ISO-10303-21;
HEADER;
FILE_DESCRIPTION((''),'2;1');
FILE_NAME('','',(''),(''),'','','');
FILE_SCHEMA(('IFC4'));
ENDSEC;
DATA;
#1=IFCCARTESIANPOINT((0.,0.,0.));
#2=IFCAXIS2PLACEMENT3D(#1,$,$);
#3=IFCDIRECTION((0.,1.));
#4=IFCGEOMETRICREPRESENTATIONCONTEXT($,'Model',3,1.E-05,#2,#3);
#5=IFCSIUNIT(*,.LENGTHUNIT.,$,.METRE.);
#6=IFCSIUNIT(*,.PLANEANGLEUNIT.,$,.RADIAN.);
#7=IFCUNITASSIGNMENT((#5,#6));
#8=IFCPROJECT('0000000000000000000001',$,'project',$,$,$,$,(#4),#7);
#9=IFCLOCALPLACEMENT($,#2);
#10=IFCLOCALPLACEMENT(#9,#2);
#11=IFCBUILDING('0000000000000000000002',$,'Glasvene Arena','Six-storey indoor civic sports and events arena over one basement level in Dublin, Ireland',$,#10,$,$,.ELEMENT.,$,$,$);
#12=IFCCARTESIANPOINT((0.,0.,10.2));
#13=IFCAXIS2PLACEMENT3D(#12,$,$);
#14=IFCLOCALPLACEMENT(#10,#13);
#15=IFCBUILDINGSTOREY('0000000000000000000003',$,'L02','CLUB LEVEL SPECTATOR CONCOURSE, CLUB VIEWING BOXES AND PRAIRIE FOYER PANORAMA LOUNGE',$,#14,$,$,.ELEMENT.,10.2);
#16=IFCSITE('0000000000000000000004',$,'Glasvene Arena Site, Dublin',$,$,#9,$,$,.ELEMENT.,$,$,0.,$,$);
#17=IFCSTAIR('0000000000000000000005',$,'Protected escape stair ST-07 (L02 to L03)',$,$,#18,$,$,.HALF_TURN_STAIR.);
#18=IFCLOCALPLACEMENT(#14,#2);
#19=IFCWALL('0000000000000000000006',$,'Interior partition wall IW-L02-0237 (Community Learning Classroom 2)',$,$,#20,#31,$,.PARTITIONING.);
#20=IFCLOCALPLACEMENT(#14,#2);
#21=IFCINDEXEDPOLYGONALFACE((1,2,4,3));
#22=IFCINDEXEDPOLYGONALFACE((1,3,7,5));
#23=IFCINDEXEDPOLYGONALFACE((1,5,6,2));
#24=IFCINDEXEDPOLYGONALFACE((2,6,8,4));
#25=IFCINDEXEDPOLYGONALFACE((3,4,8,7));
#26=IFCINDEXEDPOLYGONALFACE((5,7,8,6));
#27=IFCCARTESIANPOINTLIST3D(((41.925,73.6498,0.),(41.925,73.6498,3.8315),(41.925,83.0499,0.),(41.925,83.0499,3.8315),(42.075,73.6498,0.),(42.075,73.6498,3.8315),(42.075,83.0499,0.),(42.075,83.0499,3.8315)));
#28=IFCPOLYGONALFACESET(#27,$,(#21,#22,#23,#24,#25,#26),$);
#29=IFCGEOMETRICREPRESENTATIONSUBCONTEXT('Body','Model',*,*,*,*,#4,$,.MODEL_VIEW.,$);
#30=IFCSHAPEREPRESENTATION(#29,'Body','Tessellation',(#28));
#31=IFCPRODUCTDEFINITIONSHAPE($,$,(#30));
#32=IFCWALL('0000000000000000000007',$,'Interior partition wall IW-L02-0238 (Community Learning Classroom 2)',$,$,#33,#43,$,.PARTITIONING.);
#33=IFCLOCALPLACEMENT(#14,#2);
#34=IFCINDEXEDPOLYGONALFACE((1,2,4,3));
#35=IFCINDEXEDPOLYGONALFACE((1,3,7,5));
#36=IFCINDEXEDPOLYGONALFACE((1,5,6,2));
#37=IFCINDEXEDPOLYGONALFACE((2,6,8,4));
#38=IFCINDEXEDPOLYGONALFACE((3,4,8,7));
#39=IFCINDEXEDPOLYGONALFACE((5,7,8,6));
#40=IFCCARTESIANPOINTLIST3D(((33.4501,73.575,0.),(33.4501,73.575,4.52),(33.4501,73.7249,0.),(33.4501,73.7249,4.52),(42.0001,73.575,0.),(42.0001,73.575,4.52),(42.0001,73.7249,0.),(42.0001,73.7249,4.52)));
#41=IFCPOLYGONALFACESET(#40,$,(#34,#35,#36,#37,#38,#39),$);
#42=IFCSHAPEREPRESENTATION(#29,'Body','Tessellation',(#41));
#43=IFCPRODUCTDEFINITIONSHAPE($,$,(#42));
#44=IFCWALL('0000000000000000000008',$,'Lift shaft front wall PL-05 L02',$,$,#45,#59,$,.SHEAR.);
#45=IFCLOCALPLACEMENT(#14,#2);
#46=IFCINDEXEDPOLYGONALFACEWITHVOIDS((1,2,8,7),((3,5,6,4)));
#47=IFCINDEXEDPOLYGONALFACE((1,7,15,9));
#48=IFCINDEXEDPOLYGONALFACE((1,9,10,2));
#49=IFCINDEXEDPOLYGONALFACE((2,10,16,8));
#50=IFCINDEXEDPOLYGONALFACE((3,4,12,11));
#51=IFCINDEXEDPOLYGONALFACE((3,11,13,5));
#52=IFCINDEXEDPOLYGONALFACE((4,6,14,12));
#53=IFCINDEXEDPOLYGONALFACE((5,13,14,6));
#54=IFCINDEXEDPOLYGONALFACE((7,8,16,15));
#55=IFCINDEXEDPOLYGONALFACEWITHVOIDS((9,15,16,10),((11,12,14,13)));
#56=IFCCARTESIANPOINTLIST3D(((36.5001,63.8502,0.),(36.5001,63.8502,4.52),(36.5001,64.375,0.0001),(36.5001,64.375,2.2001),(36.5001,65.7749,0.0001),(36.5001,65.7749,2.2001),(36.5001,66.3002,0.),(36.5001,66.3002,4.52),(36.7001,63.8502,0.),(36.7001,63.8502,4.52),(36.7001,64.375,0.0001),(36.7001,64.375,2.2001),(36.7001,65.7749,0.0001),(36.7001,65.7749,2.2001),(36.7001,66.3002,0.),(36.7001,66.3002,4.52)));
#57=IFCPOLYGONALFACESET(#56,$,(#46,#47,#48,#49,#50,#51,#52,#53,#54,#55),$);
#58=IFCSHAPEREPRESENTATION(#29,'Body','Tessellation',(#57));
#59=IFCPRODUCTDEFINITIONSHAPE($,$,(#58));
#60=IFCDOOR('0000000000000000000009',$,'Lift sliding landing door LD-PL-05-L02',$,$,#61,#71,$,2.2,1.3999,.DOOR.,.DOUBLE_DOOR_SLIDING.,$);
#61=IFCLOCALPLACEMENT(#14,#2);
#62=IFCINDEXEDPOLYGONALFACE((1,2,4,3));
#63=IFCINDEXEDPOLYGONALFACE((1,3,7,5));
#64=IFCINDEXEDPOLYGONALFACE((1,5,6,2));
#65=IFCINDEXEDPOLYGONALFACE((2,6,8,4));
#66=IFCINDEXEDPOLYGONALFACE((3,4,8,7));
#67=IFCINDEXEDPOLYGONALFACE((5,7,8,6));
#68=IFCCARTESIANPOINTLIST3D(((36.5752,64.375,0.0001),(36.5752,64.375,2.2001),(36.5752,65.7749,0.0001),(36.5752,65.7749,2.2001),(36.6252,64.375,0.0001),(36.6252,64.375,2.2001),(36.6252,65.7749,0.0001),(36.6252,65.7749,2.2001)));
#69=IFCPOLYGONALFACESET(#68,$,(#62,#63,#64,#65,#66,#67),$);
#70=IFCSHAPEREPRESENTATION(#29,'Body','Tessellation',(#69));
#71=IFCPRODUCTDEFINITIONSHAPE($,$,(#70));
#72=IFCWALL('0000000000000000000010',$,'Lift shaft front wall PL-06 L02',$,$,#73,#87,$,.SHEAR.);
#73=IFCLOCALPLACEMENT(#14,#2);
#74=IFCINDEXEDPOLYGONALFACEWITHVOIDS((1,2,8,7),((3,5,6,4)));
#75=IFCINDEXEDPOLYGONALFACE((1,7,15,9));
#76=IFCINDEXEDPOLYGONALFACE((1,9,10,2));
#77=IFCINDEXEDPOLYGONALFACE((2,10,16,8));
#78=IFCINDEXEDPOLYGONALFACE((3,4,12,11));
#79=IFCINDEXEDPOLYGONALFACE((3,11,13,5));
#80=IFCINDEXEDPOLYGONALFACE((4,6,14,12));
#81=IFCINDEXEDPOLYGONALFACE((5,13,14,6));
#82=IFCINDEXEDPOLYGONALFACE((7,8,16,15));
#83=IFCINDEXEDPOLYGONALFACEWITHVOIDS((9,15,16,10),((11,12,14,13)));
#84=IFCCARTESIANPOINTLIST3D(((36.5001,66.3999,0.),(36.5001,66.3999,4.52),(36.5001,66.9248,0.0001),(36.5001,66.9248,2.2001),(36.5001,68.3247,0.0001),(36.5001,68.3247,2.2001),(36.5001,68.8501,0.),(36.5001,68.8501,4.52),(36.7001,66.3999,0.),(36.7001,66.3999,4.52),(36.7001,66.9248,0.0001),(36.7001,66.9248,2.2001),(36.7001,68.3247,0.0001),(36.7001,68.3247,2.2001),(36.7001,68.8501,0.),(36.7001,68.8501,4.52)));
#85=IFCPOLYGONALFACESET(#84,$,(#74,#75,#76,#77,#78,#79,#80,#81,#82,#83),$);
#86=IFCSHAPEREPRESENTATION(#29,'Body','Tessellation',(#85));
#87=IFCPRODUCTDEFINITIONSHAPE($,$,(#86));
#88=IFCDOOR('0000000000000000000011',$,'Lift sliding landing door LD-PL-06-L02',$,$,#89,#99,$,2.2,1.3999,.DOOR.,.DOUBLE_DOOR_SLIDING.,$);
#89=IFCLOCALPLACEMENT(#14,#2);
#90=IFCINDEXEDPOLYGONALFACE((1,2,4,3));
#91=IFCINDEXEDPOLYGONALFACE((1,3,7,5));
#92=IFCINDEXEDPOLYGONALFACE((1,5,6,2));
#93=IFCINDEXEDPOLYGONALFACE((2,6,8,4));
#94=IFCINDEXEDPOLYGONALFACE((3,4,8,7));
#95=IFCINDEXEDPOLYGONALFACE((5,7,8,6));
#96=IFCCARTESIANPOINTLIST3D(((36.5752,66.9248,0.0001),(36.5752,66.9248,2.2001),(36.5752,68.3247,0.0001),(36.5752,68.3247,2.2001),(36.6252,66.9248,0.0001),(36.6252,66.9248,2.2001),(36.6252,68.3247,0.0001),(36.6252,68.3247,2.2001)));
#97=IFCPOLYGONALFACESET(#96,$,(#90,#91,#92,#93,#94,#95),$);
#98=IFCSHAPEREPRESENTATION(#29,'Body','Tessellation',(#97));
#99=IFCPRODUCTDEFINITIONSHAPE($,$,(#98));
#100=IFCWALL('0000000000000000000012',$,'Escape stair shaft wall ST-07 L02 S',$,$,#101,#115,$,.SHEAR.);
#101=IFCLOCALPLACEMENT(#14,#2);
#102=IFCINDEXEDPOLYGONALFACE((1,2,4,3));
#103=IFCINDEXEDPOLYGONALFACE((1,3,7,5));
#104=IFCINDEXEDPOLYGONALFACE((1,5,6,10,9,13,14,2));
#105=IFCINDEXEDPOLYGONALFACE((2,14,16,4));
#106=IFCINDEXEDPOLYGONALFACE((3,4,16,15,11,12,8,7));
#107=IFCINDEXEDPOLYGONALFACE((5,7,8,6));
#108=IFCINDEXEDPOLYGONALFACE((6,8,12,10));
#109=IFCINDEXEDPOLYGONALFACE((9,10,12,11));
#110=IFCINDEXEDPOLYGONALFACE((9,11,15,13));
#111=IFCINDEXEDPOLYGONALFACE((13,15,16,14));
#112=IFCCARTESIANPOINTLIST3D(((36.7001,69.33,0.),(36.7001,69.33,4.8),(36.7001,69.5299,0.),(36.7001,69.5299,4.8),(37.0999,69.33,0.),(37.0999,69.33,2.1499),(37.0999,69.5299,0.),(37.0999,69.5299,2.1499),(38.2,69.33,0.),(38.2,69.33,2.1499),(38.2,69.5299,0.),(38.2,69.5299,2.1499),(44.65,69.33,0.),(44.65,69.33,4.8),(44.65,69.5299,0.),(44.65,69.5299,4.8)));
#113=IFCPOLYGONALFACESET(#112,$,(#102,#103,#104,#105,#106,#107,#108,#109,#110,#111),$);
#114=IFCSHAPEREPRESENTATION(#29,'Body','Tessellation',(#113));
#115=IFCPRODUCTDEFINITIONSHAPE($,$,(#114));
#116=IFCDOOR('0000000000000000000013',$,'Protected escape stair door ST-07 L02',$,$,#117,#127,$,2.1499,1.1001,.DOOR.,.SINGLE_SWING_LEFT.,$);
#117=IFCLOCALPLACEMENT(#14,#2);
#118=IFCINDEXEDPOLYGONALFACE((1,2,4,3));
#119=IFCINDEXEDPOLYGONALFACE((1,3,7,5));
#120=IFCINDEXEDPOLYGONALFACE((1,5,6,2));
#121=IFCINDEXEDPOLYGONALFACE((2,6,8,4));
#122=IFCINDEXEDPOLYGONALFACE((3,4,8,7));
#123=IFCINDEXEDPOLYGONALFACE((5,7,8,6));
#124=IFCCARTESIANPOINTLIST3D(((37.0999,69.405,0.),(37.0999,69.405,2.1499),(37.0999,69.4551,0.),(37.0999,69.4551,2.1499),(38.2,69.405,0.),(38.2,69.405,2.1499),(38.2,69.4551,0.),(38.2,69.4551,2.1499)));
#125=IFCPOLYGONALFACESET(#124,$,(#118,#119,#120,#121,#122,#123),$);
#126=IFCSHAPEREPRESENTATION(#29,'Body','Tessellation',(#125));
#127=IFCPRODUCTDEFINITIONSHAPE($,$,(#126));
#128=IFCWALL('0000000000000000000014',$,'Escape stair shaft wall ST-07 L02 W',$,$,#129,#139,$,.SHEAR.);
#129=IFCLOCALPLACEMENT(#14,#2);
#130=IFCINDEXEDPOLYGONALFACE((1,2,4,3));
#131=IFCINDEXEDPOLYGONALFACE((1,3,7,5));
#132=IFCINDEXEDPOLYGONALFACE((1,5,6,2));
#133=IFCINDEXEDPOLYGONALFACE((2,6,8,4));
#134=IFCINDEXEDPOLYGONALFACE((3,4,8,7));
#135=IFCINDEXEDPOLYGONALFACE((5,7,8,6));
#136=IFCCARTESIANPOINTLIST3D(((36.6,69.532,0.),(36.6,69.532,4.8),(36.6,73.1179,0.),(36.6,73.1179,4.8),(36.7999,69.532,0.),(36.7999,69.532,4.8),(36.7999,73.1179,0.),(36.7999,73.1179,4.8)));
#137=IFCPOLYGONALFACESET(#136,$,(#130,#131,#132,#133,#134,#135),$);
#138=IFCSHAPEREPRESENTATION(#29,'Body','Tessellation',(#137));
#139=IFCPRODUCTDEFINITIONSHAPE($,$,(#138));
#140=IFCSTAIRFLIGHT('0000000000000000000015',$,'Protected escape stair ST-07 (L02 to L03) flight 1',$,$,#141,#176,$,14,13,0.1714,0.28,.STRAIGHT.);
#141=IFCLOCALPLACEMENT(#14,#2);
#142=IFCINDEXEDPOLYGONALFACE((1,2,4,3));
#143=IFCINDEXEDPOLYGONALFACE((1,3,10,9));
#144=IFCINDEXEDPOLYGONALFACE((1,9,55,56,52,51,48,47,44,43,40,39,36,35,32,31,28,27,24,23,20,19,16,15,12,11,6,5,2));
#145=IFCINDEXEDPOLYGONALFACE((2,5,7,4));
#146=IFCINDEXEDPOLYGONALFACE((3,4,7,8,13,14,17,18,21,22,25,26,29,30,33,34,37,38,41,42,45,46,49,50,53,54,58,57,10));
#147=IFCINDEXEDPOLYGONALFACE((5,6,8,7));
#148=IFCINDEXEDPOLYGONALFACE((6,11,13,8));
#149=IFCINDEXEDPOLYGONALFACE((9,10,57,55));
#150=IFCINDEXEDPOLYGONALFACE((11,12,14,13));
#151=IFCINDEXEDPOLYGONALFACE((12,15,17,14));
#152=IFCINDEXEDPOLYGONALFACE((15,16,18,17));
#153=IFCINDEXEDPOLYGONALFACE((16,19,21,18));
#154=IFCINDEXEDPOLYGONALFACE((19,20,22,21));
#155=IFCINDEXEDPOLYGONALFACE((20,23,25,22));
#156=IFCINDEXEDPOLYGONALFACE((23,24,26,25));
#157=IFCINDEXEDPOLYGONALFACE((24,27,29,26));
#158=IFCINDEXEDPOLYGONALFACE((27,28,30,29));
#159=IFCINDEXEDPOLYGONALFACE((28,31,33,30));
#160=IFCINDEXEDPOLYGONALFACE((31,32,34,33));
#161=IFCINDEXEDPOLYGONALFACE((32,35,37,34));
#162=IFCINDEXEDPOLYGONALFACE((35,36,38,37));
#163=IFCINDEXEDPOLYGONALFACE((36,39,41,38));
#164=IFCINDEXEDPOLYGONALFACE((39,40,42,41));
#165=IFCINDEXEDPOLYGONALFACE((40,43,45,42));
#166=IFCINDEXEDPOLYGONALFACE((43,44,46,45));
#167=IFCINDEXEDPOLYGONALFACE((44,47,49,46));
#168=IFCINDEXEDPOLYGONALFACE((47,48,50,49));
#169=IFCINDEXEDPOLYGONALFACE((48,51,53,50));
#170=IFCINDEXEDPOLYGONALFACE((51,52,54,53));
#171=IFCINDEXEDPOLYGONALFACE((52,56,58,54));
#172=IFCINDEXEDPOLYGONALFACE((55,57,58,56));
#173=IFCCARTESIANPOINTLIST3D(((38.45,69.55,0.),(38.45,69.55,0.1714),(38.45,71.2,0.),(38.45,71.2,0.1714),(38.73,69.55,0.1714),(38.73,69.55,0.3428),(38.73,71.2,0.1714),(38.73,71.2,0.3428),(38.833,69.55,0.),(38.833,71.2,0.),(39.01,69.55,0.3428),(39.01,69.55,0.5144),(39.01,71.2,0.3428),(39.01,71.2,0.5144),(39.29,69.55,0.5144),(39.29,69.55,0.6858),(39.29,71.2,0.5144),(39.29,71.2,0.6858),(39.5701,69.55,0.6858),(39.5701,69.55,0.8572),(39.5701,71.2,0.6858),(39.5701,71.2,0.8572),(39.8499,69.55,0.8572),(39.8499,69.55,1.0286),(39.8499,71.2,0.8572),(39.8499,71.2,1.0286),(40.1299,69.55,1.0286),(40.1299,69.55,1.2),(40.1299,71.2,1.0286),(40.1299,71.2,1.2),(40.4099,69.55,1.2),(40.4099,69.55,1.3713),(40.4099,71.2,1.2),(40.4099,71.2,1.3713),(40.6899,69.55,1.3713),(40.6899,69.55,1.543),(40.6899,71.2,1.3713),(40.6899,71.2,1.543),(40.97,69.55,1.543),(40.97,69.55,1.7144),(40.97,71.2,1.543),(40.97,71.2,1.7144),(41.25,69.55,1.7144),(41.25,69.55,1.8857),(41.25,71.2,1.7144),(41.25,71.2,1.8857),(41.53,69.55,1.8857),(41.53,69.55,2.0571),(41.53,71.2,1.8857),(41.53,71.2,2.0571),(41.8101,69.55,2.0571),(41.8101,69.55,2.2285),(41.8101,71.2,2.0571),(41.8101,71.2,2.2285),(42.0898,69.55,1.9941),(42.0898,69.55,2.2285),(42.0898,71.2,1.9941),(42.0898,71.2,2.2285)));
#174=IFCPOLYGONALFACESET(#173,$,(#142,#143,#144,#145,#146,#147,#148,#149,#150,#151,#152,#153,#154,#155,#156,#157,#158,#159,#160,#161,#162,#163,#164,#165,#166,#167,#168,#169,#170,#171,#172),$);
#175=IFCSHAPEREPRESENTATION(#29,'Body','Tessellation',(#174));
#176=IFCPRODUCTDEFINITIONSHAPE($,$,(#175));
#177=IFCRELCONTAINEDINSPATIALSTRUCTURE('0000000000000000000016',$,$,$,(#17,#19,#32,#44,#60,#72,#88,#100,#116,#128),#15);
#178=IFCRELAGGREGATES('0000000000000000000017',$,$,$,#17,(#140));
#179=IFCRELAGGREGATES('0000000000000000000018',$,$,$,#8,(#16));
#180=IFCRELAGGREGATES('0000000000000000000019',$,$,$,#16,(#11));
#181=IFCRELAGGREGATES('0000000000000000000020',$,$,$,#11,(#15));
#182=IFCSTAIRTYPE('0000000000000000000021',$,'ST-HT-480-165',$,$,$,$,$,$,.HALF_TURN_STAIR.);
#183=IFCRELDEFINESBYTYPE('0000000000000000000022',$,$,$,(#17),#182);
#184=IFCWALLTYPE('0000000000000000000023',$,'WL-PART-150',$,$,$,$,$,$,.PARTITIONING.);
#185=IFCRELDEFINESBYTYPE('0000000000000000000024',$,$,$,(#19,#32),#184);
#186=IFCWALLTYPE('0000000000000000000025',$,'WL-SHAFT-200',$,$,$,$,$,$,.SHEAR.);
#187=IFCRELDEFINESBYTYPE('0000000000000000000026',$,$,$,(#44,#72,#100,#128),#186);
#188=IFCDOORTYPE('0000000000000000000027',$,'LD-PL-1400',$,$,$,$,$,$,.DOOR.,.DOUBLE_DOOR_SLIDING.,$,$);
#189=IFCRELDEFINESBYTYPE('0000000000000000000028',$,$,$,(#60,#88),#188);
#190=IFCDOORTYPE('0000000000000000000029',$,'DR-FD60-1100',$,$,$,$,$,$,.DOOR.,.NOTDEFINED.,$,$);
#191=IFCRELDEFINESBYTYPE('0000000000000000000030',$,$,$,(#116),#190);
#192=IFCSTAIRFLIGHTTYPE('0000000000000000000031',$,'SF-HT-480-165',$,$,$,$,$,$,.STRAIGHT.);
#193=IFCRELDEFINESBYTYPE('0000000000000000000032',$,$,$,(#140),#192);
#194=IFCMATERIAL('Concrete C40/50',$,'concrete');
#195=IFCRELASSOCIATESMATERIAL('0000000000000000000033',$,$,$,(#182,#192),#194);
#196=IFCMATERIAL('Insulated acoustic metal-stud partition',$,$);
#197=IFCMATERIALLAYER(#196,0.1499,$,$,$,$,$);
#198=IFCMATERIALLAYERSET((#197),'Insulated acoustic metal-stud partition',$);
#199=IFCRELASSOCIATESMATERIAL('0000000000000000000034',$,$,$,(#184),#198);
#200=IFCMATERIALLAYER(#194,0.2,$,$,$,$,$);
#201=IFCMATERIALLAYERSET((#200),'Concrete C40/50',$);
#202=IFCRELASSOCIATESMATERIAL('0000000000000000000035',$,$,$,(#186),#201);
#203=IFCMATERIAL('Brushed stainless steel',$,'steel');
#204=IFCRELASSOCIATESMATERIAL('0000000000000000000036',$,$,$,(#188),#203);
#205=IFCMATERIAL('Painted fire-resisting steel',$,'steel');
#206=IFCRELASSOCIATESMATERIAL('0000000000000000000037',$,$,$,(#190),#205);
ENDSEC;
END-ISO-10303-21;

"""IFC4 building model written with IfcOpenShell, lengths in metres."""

from ifc_helpers import new_model, si_unit, direction, frame, frame_2d, origin, place, context, subcontext, project, spatial, polyline, rectangle, outline, extrude, material, layer, layer_set, type_object, element, fill, aggregate, save


model = new_model("IFC4")

# Units and contexts
model_context = context("Model", 3, precision=1e-05, world=origin(), true_north=direction((0.0, 1.0)))
body_context = subcontext(model_context, "Body", "Model", "MODEL_VIEW")
ifc_project = project(units=[si_unit("LENGTHUNIT", "METRE"), si_unit("PLANEANGLEUNIT", "RADIAN")], contexts=[model_context])

# Site, building, storey
site_placement = place(None, origin())
site = spatial("IfcSite", under=ifc_project, at=site_placement, Name="Glasvene Arena Site, Dublin", CompositionType="ELEMENT", RefElevation=0.0)
building_placement = place(site_placement, origin())
building = spatial("IfcBuilding", under=site, at=building_placement, Name="Glasvene Arena", Description="Six-storey indoor civic sports and events arena over one basement level in Dublin, Ireland", CompositionType="ELEMENT")
storey_placement = place(building_placement, frame((0.0, 0.0, 10.2)))
storey = spatial("IfcBuildingStorey", under=building, at=storey_placement, Name="L02", Description="CLUB LEVEL SPECTATOR CONCOURSE, CLUB VIEWING BOXES AND PRAIRIE FOYER PANORAMA LOUNGE", CompositionType="ELEMENT", Elevation=10.2)

# Shared definitions
ifc_material_1 = material(Name="Concrete C40/50", Category="concrete")

# Stair
stair_type_1 = type_object("IfcStairType", Name="ST-HT-480-165", PredefinedType="HALF_TURN_STAIR", material=ifc_material_1)
stair_1_placement = place(storey_placement, origin())
stair_1 = element("IfcStair", 1, at=stair_1_placement, inside=storey, type_object=stair_type_1, Name="Protected escape stair ST-07 (L02 to L03)", PredefinedType="HALF_TURN_STAIR")

# Shared definitions
ifc_material_2 = material(Name="Painted fire-resisting steel", Category="steel")

# Walls
ifc_material_3 = material(Name="Insulated acoustic metal-stud partition")
ifc_layer_1 = layer(ifc_material_3, 0.1499)
ifc_layer_set_1 = layer_set([ifc_layer_1], Name="Insulated acoustic metal-stud partition")
wall_type_1 = type_object("IfcWallType", Name="WL-PART-150", PredefinedType="PARTITIONING", material=ifc_layer_set_1)
wall_1_placement = place(storey_placement, frame((42.0, 83.05, 0.0), z_axis=(0.0, 0.0, 1.0), x_axis=(0.0, -1.0, 0.0)))
element("IfcWall", 2, at=wall_1_placement, inside=storey, type_object=wall_type_1, Name="Interior partition wall IW-L02-0237 (Community Learning Classroom 2)", PredefinedType="PARTITIONING", context=body_context, shape_type="SweptSolid", body=[
    extrude(rectangle(XDim=9.4001, YDim=0.1499, at=frame_2d((4.7002, 0.0))), origin(), (0.0, 0.0, 1.0), 3.8315),
])
wall_2_placement = place(storey_placement, frame((42.0, 73.6499, 0.0), z_axis=(0.0, 0.0, 1.0), x_axis=(-1.0, 0.0, 0.0)))
element("IfcWall", 3, at=wall_2_placement, inside=storey, type_object=wall_type_1, Name="Interior partition wall IW-L02-0238 (Community Learning Classroom 2)", PredefinedType="PARTITIONING", context=body_context, shape_type="SweptSolid", body=[
    extrude(rectangle(XDim=8.55, YDim=0.1499, at=frame_2d((4.2749, 0.0))), origin(), (0.0, 0.0, 1.0), 4.52),
])

# Walls, openings, doors
ifc_layer_2 = layer(ifc_material_1, 0.2)
ifc_layer_set_2 = layer_set([ifc_layer_2], Name="Concrete C40/50")
wall_type_2 = type_object("IfcWallType", Name="WL-SHAFT-200", PredefinedType="SHEAR", material=ifc_layer_set_2)
wall_3_placement = place(storey_placement, frame((36.6001, 63.8501, 0.0), z_axis=(0.0, 0.0, 1.0), x_axis=(0.0, 1.0, 0.0)))
wall_3 = element("IfcWall", 4, at=wall_3_placement, inside=storey, type_object=wall_type_2, Name="Lift shaft front wall PL-05 L02", PredefinedType="SHEAR", context=body_context, shape_type="SweptSolid", body=[
    extrude(rectangle(XDim=2.45, YDim=0.2, at=frame_2d((1.2251, 0.0))), origin(), (0.0, 0.0, 1.0), 4.52),
])
opening_1_placement = place(wall_3_placement, frame((0.5249, 0.0, 0.0)))
opening_1 = element("IfcOpeningElement", 5, at=opening_1_placement, cuts=wall_3, PredefinedType="OPENING", context=body_context, shape_type="SweptSolid", body=[
    extrude(rectangle(XDim=1.3999, YDim=2.2, at=frame_2d((0.7, 1.1001))), frame((0.0, 0.1099, 0.0), z_axis=(0.0, -1.0, 0.0), x_axis=(1.0, 0.0, 0.0)), (0.0, 0.0, 1.0), 0.22),
])
ifc_material_4 = material(Name="Brushed stainless steel", Category="steel")
door_type_1 = type_object("IfcDoorType", Name="LD-PL-1400", OperationType="DOUBLE_DOOR_SLIDING", PredefinedType="DOOR", material=ifc_material_4)
door_1_placement = place(opening_1_placement, origin())
door_1 = element("IfcDoor", 6, at=door_1_placement, inside=storey, type_object=door_type_1, Name="Lift sliding landing door LD-PL-05-L02", OperationType="DOUBLE_DOOR_SLIDING", OverallHeight=2.2, OverallWidth=1.3999, PredefinedType="DOOR", context=body_context, shape_type="SweptSolid", body=[
    extrude(rectangle(XDim=1.3999, YDim=2.2, at=frame_2d((0.7, 1.1001))), frame((0.0, 0.0249, 0.0), z_axis=(0.0, -1.0, 0.0), x_axis=(1.0, 0.0, 0.0)), (0.0, 0.0, 1.0), 0.05),
])
fill(opening_1, door_1)
wall_4_placement = place(storey_placement, frame((36.6001, 66.3999, 0.0), z_axis=(0.0, 0.0, 1.0), x_axis=(0.0, 1.0, 0.0)))
wall_4 = element("IfcWall", 7, at=wall_4_placement, inside=storey, type_object=wall_type_2, Name="Lift shaft front wall PL-06 L02", PredefinedType="SHEAR", context=body_context, shape_type="SweptSolid", body=[
    extrude(rectangle(XDim=2.4502, YDim=0.2, at=frame_2d((1.2251, 0.0))), origin(), (0.0, 0.0, 1.0), 4.52),
])
opening_2_placement = place(wall_4_placement, frame((0.5249, 0.0, 0.0)))
opening_2 = element("IfcOpeningElement", 8, at=opening_2_placement, cuts=wall_4, PredefinedType="OPENING", context=body_context, shape_type="SweptSolid", body=[
    extrude(rectangle(XDim=1.3999, YDim=2.2, at=frame_2d((0.7, 1.1001))), frame((0.0, 0.1099, 0.0), z_axis=(0.0, -1.0, 0.0), x_axis=(1.0, 0.0, 0.0)), (0.0, 0.0, 1.0), 0.22),
])
door_2_placement = place(opening_2_placement, origin())
door_2 = element("IfcDoor", 9, at=door_2_placement, inside=storey, type_object=door_type_1, Name="Lift sliding landing door LD-PL-06-L02", OperationType="DOUBLE_DOOR_SLIDING", OverallHeight=2.2, OverallWidth=1.3999, PredefinedType="DOOR", context=body_context, shape_type="SweptSolid", body=[
    extrude(rectangle(XDim=1.3999, YDim=2.2, at=frame_2d((0.7, 1.1001))), frame((0.0, 0.0249, 0.0), z_axis=(0.0, -1.0, 0.0), x_axis=(1.0, 0.0, 0.0)), (0.0, 0.0, 1.0), 0.05),
])
fill(opening_2, door_2)
wall_5_placement = place(storey_placement, frame((36.7, 69.4299, 0.0), z_axis=(0.0, 0.0, 1.0), x_axis=(1.0, 0.0, 0.0)))
wall_5 = element("IfcWall", 10, at=wall_5_placement, inside=storey, type_object=wall_type_2, Name="Escape stair shaft wall ST-07 L02 S", PredefinedType="SHEAR", context=body_context, shape_type="SweptSolid", body=[
    extrude(rectangle(XDim=7.95, YDim=0.2, at=frame_2d((3.9751, 0.0))), origin(), (0.0, 0.0, 1.0), 4.8),
])
opening_3_placement = place(wall_5_placement, frame((0.3999, 0.0, 0.0)))
opening_3 = element("IfcOpeningElement", 11, at=opening_3_placement, cuts=wall_5, PredefinedType="OPENING", context=body_context, shape_type="SweptSolid", body=[
    extrude(rectangle(XDim=1.1001, YDim=2.1499, at=frame_2d((0.55, 1.075))), frame((0.0, 0.1099, 0.0), z_axis=(0.0, -1.0, 0.0), x_axis=(1.0, 0.0, 0.0)), (0.0, 0.0, 1.0), 0.22),
])
door_type_2 = type_object("IfcDoorType", Name="DR-FD60-1100", OperationType="NOTDEFINED", PredefinedType="DOOR", material=ifc_material_2)
door_3_placement = place(opening_3_placement, frame((1.1001, 0.0, 0.0), z_axis=(0.0, 0.0, 1.0), x_axis=(-1.0, 0.0, 0.0)))
door_3 = element("IfcDoor", 12, at=door_3_placement, inside=storey, type_object=door_type_2, Name="Protected escape stair door ST-07 L02", OperationType="SINGLE_SWING_LEFT", OverallHeight=2.1499, OverallWidth=1.1001, PredefinedType="DOOR", context=body_context, shape_type="SweptSolid", body=[
    extrude(rectangle(XDim=1.1001, YDim=2.1499, at=frame_2d((0.55, 1.075))), frame((0.0, 0.0249, 0.0), z_axis=(0.0, -1.0, 0.0), x_axis=(1.0, 0.0, 0.0)), (0.0, 0.0, 1.0), 0.05),
])
fill(opening_3, door_3)

# Wall
wall_6_placement = place(storey_placement, frame((36.7, 69.532, 0.0), z_axis=(0.0, 0.0, 1.0), x_axis=(0.0, 1.0, 0.0)))
element("IfcWall", 13, at=wall_6_placement, inside=storey, type_object=wall_type_2, Name="Escape stair shaft wall ST-07 L02 W", PredefinedType="SHEAR", context=body_context, shape_type="SweptSolid", body=[
    extrude(rectangle(XDim=3.5859, YDim=0.2, at=frame_2d((1.793, 0.0))), origin(), (0.0, 0.0, 1.0), 4.8),
])

# Stair flight
stair_flight_type_1 = type_object("IfcStairFlightType", Name="SF-HT-480-165", PredefinedType="STRAIGHT", material=ifc_material_1)
stair_flight_1_placement = place(storey_placement, frame((38.45, 70.375, 0.0), z_axis=(0.0, 0.0, 1.0), x_axis=(1.0, 0.0, 0.0)))
stair_flight_1 = element("IfcStairFlight", 14, at=stair_flight_1_placement, type_object=stair_flight_type_1, Name="Protected escape stair ST-07 (L02 to L03) flight 1", NumberOfRisers=14, NumberOfTreads=13, PredefinedType="STRAIGHT", RiserHeight=0.1714, TreadLength=0.28, context=body_context, shape_type="SweptSolid", body=[
    extrude(outline(polyline([(0.0, 0.0), (0.0, 0.1714), (0.28, 0.1714), (0.28, 0.3428), (0.5601, 0.3428), (0.5601, 0.5144), (0.8401, 0.5144), (0.8401, 0.6858), (1.1201, 0.6858), (1.1201, 0.8572), (1.3999, 0.8572), (1.3999, 1.0286), (1.6799, 1.0286), (1.6799, 1.2), (1.96, 1.2), (1.96, 1.3713), (2.24, 1.3713), (2.24, 1.543), (2.52, 1.543), (2.52, 1.7144), (2.8, 1.7144), (2.8, 1.8857), (3.0801, 1.8857), (3.0801, 2.0571), (3.3601, 2.0571), (3.3601, 2.2285), (3.6399, 2.2285), (3.6399, 2.3999), (3.6399, 1.9941), (0.3831, 0.0), (0.0, 0.0)])), frame((0.0, 0.825, 0.0), z_axis=(0.0, -1.0, 0.0), x_axis=(1.0, 0.0, 0.0)), (0.0, 0.0, 1.0), 1.6499),
])
aggregate(stair_1, [stair_flight_1])

save(model, "model.ifc")
